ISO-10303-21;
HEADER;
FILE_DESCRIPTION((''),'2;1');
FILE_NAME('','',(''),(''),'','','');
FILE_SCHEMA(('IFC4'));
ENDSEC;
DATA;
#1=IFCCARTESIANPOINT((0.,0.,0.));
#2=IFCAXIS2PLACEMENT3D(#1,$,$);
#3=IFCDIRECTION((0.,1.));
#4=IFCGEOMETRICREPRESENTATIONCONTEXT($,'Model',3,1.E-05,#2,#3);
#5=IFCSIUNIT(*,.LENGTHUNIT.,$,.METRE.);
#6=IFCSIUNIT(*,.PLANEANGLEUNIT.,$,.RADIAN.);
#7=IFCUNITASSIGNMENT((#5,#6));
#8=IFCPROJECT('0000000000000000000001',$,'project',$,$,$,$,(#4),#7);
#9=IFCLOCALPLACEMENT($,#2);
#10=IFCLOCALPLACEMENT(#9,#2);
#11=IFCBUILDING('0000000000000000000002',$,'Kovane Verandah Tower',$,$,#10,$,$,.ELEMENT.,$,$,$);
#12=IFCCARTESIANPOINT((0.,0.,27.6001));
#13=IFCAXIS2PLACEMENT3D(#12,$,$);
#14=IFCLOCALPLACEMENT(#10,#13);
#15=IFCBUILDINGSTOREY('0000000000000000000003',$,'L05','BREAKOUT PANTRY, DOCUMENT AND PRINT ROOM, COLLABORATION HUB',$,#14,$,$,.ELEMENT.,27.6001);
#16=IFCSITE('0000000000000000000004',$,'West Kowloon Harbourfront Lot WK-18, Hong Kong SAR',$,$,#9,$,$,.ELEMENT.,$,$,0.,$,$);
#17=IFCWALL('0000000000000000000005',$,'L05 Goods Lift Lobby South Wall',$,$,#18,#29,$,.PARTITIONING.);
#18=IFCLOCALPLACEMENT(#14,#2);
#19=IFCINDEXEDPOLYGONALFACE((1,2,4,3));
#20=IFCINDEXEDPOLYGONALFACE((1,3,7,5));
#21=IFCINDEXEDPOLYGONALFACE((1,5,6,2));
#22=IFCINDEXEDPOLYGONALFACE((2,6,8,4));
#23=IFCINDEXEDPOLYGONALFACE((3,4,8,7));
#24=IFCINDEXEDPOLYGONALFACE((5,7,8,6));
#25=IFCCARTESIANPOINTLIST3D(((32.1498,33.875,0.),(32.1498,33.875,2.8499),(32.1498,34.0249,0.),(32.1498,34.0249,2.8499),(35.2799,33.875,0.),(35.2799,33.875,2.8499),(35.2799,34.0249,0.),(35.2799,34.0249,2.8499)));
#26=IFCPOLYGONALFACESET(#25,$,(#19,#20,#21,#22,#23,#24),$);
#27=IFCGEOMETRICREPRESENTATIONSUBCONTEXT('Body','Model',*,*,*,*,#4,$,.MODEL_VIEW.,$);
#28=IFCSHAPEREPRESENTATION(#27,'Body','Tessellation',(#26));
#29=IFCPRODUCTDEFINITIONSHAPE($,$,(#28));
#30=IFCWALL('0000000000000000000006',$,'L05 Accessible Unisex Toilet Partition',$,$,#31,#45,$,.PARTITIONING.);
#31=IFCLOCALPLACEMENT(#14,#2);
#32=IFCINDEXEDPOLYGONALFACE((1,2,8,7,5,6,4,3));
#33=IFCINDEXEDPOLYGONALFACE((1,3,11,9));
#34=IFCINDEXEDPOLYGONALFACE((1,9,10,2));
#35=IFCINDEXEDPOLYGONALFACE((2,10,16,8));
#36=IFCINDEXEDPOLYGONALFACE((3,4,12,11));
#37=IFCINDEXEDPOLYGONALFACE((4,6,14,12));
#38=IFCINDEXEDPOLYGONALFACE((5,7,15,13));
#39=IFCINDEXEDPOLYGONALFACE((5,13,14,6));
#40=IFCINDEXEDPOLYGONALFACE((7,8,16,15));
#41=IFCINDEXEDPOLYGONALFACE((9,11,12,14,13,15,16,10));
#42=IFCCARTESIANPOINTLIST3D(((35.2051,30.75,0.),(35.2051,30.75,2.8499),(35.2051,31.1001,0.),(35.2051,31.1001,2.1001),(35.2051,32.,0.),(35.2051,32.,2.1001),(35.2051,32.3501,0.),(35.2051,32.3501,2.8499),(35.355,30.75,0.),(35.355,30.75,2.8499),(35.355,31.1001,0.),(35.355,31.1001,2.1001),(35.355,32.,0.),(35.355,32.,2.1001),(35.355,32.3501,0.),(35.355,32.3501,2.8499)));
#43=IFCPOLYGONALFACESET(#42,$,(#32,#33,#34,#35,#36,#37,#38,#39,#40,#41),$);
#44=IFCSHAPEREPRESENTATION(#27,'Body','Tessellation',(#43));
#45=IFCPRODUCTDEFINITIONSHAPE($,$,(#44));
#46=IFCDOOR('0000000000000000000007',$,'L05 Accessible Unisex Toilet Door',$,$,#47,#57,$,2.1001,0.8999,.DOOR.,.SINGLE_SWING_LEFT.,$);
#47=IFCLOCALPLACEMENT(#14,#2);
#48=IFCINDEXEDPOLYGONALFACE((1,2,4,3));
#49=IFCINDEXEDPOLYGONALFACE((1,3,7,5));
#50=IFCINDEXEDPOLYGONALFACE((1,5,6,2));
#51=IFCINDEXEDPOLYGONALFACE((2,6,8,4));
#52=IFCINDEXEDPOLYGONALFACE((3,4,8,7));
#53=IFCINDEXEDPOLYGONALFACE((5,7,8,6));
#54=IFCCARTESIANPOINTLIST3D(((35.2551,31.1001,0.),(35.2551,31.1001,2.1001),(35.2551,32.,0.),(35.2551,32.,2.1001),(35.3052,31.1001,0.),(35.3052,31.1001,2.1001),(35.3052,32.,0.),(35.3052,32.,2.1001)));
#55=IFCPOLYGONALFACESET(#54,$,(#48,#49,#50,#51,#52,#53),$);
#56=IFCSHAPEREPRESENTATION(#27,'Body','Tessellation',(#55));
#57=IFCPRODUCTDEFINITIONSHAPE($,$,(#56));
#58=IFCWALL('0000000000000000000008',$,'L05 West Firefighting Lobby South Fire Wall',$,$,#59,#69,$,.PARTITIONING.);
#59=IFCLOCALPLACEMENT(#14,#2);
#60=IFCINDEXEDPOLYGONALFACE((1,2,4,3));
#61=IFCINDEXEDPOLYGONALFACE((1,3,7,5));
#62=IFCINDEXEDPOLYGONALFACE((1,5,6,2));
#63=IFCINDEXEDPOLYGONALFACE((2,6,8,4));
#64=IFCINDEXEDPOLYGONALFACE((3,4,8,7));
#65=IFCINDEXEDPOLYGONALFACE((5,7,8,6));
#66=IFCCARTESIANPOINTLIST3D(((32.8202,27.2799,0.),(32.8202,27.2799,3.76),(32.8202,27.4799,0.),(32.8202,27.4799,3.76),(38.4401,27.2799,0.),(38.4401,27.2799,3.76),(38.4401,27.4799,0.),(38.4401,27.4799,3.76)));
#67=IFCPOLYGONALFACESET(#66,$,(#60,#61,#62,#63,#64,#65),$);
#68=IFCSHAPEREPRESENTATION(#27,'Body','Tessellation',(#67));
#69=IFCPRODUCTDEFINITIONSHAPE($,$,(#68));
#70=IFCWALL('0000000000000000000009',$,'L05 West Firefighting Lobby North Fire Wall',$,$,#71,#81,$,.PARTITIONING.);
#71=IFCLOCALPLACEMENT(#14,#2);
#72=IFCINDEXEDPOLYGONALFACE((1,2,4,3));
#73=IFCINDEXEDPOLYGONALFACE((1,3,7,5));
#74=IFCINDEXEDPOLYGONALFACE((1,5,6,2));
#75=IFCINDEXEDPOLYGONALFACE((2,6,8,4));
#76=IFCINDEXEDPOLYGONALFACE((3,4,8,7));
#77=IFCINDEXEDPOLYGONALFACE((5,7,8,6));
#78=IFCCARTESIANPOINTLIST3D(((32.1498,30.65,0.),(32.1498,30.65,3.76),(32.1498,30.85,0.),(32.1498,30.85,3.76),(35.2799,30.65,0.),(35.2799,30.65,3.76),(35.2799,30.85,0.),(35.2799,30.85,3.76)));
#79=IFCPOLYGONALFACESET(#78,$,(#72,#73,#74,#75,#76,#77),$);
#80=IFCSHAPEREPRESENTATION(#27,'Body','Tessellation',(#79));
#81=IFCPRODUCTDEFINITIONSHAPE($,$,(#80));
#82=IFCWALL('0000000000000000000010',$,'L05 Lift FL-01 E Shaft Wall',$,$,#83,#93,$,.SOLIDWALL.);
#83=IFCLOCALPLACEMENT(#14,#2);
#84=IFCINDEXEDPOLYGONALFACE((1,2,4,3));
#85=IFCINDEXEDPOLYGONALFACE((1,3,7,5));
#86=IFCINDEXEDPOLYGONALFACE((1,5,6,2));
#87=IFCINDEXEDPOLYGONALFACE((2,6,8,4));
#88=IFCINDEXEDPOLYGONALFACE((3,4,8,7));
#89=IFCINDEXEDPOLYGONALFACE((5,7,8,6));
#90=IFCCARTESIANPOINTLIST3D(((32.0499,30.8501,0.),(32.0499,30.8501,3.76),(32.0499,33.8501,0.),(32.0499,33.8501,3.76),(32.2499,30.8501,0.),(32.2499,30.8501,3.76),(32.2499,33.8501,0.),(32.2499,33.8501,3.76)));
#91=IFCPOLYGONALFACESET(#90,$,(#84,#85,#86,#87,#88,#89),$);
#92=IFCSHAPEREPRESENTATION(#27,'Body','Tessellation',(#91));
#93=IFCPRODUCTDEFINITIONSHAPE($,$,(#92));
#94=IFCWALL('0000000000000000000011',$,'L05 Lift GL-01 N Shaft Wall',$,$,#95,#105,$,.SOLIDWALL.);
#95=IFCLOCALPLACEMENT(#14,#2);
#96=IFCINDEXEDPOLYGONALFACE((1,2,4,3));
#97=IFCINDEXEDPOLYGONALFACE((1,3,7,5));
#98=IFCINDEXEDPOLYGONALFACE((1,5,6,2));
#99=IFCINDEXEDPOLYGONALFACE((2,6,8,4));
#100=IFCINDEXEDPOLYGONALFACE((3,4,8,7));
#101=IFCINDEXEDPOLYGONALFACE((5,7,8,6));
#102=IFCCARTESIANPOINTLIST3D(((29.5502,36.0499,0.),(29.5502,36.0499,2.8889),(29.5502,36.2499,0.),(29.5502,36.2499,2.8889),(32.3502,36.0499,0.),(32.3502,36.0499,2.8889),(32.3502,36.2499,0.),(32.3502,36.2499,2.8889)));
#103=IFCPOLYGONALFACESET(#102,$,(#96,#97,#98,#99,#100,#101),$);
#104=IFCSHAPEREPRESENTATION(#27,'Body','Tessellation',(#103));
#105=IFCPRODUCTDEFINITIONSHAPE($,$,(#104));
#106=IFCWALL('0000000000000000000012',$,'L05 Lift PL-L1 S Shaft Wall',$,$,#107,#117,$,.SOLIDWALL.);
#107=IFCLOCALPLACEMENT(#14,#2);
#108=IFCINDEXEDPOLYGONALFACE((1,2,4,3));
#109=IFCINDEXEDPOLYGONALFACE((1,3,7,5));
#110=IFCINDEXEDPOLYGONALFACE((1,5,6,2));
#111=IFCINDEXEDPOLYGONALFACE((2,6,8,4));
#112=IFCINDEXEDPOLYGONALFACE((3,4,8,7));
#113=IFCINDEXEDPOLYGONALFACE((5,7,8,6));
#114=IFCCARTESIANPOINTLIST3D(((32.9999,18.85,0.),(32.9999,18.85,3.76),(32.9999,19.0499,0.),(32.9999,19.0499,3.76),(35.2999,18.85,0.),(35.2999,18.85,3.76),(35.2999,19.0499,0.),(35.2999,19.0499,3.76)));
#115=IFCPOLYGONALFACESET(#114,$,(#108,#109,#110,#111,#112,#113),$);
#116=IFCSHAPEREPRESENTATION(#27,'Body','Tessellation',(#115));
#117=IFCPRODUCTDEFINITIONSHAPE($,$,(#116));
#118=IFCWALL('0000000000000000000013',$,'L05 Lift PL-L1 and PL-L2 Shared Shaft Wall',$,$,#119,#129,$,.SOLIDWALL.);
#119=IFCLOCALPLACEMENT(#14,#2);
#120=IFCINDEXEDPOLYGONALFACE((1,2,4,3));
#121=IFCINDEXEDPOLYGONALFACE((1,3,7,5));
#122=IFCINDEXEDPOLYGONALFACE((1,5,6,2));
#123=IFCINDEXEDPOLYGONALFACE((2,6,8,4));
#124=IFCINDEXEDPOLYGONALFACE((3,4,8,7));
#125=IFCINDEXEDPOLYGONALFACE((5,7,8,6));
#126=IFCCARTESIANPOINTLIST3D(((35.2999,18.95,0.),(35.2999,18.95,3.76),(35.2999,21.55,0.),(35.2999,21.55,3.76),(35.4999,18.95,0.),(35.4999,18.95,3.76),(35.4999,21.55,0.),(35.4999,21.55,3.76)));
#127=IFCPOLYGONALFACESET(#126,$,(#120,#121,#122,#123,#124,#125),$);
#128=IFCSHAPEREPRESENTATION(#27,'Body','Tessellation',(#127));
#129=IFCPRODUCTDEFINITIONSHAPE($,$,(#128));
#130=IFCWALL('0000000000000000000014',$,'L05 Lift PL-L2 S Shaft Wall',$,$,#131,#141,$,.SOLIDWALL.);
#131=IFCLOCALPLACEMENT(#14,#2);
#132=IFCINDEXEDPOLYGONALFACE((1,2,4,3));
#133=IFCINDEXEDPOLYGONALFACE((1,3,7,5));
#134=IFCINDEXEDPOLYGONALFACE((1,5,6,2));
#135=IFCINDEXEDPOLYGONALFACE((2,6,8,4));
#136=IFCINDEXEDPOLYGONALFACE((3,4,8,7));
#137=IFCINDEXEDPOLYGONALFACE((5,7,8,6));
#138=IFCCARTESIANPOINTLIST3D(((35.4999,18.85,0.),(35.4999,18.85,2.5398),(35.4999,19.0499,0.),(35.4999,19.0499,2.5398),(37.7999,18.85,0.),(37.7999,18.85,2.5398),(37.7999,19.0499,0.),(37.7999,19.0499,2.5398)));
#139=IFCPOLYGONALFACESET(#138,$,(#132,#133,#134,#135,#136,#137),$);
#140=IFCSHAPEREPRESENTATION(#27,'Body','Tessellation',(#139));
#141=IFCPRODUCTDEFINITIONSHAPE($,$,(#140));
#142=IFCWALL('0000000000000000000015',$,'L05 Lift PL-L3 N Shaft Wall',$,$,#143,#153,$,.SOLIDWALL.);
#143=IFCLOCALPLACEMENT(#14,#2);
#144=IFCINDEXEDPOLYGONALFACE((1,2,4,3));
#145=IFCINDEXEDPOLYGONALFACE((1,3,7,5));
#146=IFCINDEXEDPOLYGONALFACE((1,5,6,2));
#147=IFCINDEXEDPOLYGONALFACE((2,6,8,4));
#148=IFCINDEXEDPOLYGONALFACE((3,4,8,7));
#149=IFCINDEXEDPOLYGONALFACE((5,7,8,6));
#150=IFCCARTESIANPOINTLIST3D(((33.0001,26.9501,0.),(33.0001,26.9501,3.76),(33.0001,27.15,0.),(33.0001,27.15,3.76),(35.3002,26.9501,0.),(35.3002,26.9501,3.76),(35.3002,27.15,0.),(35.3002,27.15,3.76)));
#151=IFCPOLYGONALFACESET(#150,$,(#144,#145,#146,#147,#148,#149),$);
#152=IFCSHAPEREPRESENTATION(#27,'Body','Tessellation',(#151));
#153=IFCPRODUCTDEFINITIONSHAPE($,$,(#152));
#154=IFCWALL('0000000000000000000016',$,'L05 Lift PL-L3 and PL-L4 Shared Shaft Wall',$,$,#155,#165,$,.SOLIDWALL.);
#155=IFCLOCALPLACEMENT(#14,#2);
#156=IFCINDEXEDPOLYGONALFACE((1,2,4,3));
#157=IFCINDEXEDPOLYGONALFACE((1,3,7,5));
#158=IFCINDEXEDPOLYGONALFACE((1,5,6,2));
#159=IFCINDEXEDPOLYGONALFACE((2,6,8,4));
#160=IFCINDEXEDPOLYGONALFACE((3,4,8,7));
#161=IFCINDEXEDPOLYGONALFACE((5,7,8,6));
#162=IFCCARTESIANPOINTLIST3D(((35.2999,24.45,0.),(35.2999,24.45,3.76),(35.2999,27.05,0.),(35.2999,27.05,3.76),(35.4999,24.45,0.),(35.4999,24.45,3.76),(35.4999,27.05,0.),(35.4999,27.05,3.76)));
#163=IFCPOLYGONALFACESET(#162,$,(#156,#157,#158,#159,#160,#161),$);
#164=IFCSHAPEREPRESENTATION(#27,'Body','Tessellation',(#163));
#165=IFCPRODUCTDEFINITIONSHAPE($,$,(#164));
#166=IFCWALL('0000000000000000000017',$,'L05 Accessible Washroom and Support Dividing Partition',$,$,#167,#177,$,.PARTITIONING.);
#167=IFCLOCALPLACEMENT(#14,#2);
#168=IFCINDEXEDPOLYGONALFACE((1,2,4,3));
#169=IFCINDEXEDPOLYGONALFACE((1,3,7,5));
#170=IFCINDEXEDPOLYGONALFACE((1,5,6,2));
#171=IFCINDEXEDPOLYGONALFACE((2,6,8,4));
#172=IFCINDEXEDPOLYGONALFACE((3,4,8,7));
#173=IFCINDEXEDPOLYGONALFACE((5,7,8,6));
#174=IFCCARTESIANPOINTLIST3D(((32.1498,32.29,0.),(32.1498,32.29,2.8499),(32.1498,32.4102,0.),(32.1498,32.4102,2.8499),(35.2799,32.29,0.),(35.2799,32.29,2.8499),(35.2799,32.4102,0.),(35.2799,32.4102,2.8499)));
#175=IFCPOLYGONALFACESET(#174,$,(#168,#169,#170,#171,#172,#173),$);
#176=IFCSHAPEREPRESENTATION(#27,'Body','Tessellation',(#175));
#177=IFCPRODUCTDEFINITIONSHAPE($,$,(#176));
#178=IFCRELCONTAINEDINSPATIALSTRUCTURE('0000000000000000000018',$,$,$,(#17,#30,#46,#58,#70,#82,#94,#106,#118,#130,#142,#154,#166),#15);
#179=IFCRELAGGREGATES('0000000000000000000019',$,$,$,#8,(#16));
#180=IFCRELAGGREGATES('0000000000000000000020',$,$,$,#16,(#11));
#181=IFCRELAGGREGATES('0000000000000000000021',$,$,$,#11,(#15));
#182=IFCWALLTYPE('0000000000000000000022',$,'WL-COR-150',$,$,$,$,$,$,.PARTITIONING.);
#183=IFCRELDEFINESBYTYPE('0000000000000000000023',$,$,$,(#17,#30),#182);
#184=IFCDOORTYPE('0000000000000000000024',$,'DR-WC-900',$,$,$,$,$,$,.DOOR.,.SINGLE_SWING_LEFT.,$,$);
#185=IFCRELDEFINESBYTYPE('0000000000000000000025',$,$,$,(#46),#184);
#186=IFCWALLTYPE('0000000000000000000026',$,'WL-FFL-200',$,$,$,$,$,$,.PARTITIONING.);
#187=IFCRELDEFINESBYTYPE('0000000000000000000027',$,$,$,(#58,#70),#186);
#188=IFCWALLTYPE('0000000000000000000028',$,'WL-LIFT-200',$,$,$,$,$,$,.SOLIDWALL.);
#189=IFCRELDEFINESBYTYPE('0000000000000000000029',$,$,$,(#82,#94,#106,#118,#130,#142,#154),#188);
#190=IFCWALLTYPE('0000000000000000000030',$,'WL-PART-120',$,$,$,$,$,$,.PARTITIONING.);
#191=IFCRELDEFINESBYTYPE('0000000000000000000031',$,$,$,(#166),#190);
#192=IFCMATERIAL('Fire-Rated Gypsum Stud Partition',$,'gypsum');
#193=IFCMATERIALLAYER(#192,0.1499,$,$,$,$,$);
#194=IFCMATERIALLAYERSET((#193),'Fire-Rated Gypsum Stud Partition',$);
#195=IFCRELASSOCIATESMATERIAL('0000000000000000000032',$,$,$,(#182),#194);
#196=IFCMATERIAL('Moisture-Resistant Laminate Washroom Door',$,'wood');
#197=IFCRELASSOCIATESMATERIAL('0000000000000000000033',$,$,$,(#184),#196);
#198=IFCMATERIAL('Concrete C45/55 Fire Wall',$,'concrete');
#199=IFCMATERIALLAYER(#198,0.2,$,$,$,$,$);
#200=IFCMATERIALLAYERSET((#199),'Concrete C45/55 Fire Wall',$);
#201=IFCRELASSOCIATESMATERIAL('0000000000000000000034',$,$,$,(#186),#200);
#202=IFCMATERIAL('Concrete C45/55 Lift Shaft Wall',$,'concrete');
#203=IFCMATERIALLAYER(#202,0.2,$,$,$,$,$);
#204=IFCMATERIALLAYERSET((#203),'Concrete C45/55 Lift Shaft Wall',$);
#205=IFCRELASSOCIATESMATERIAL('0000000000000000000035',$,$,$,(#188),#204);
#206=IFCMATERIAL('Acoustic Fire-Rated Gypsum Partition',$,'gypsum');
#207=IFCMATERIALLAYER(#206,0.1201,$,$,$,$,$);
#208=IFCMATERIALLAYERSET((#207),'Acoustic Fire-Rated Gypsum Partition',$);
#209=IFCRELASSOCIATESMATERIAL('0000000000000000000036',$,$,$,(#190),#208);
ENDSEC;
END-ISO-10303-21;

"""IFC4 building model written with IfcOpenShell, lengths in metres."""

from ifc_helpers import new_model, si_unit, direction, frame, frame_2d, origin, place, context, subcontext, project, spatial, rectangle, extrude, material, layer, layer_set, type_object, element, fill, save


model = new_model("IFC4")

# Units and contexts
model_context = context("Model", 3, precision=1e-05, world=origin(), true_north=direction((0.0, 1.0)))
body_context = subcontext(model_context, "Body", "Model", "MODEL_VIEW")
ifc_project = project(units=[si_unit("LENGTHUNIT", "METRE"), si_unit("PLANEANGLEUNIT", "RADIAN")], contexts=[model_context])

# Site, building, storey
site_placement = place(None, origin())
site = spatial("IfcSite", under=ifc_project, at=site_placement, Name="West Kowloon Harbourfront Lot WK-18, Hong Kong SAR", CompositionType="ELEMENT", RefElevation=0.0)
building_placement = place(site_placement, origin())
building = spatial("IfcBuilding", under=site, at=building_placement, Name="Kovane Verandah Tower", CompositionType="ELEMENT")
storey_placement = place(building_placement, frame((0.0, 0.0, 27.6001)))
storey = spatial("IfcBuildingStorey", under=building, at=storey_placement, Name="L05", Description="BREAKOUT PANTRY, DOCUMENT AND PRINT ROOM, COLLABORATION HUB", CompositionType="ELEMENT", Elevation=27.6001)

# Wall
ifc_material_1 = material(Name="Fire-Rated Gypsum Stud Partition", Category="gypsum")
ifc_layer_1 = layer(ifc_material_1, 0.1499)
ifc_layer_set_1 = layer_set([ifc_layer_1], Name="Fire-Rated Gypsum Stud Partition")
wall_type_1 = type_object("IfcWallType", Name="WL-COR-150", PredefinedType="PARTITIONING", material=ifc_layer_set_1)
wall_1_placement = place(storey_placement, frame((32.1499, 33.95, 0.0), z_axis=(0.0, 0.0, 1.0), x_axis=(1.0, 0.0, 0.0)))
element("IfcWall", 1, at=wall_1_placement, inside=storey, type_object=wall_type_1, Name="L05 Goods Lift Lobby South Wall", PredefinedType="PARTITIONING", context=body_context, shape_type="SweptSolid", body=[
    extrude(rectangle(XDim=3.1301, YDim=0.1499, at=frame_2d((1.5649, 0.0))), origin(), (0.0, 0.0, 1.0), 2.8499),
])

# Wall, opening, door
wall_2_placement = place(storey_placement, frame((35.28, 30.75, 0.0), z_axis=(0.0, 0.0, 1.0), x_axis=(0.0, 1.0, 0.0)))
wall_2 = element("IfcWall", 2, at=wall_2_placement, inside=storey, type_object=wall_type_1, Name="L05 Accessible Unisex Toilet Partition", PredefinedType="PARTITIONING", context=body_context, shape_type="SweptSolid", body=[
    extrude(rectangle(XDim=1.6001, YDim=0.1499, at=frame_2d((0.8, 0.0))), origin(), (0.0, 0.0, 1.0), 2.8499),
])
opening_1_placement = place(wall_2_placement, frame((0.3501, 0.0, 0.0)))
opening_1 = element("IfcOpeningElement", 3, at=opening_1_placement, cuts=wall_2, PredefinedType="OPENING", context=body_context, shape_type="SweptSolid", body=[
    extrude(rectangle(XDim=0.8999, YDim=2.1001, at=frame_2d((0.45, 1.05))), frame((0.0, 0.075, 0.0), z_axis=(0.0, -1.0, 0.0), x_axis=(1.0, 0.0, 0.0)), (0.0, 0.0, 1.0), 0.1499),
])
ifc_material_2 = material(Name="Moisture-Resistant Laminate Washroom Door", Category="wood")
door_type_1 = type_object("IfcDoorType", Name="DR-WC-900", OperationType="SINGLE_SWING_LEFT", PredefinedType="DOOR", material=ifc_material_2)
door_1_placement = place(opening_1_placement, origin())
door_1 = element("IfcDoor", 4, at=door_1_placement, inside=storey, type_object=door_type_1, Name="L05 Accessible Unisex Toilet Door", OperationType="SINGLE_SWING_LEFT", OverallHeight=2.1001, OverallWidth=0.8999, PredefinedType="DOOR", context=body_context, shape_type="SweptSolid", body=[
    extrude(rectangle(XDim=0.8999, YDim=2.1001, at=frame_2d((0.45, 1.05))), frame((0.0, 0.0249, 0.0), z_axis=(0.0, -1.0, 0.0), x_axis=(1.0, 0.0, 0.0)), (0.0, 0.0, 1.0), 0.05),
])
fill(opening_1, door_1)
ifc_material_3 = material(Name="Concrete C45/55 Fire Wall", Category="concrete")
ifc_layer_2 = layer(ifc_material_3, 0.2)
ifc_layer_set_2 = layer_set([ifc_layer_2], Name="Concrete C45/55 Fire Wall")
wall_type_2 = type_object("IfcWallType", Name="WL-FFL-200", PredefinedType="PARTITIONING", material=ifc_layer_set_2)

# Walls
wall_3_placement = place(storey_placement, frame((32.8201, 27.3799, 0.0), z_axis=(0.0, 0.0, 1.0), x_axis=(1.0, 0.0, 0.0)))
element("IfcWall", 5, at=wall_3_placement, inside=storey, type_object=wall_type_2, Name="L05 West Firefighting Lobby South Fire Wall", PredefinedType="PARTITIONING", context=body_context, shape_type="SweptSolid", body=[
    extrude(rectangle(XDim=5.6199, YDim=0.2, at=frame_2d((2.8101, 0.0))), origin(), (0.0, 0.0, 1.0), 3.76),
])
wall_4_placement = place(storey_placement, frame((32.1499, 30.75, 0.0), z_axis=(0.0, 0.0, 1.0), x_axis=(1.0, 0.0, 0.0)))
element("IfcWall", 6, at=wall_4_placement, inside=storey, type_object=wall_type_2, Name="L05 West Firefighting Lobby North Fire Wall", PredefinedType="PARTITIONING", context=body_context, shape_type="SweptSolid", body=[
    extrude(rectangle(XDim=3.1301, YDim=0.2, at=frame_2d((1.5649, 0.0))), origin(), (0.0, 0.0, 1.0), 3.76),
])
ifc_material_4 = material(Name="Concrete C45/55 Lift Shaft Wall", Category="concrete")
ifc_layer_3 = layer(ifc_material_4, 0.2)
ifc_layer_set_3 = layer_set([ifc_layer_3], Name="Concrete C45/55 Lift Shaft Wall")
wall_type_3 = type_object("IfcWallType", Name="WL-LIFT-200", PredefinedType="SOLIDWALL", material=ifc_layer_set_3)
wall_5_placement = place(storey_placement, frame((32.1499, 30.8501, 0.0), z_axis=(0.0, 0.0, 1.0), x_axis=(0.0, 1.0, 0.0)))
element("IfcWall", 7, at=wall_5_placement, inside=storey, type_object=wall_type_3, Name="L05 Lift FL-01 E Shaft Wall", PredefinedType="SOLIDWALL", context=body_context, shape_type="SweptSolid", body=[
    extrude(rectangle(XDim=3.0, YDim=0.2, at=frame_2d((1.5, 0.0))), origin(), (0.0, 0.0, 1.0), 3.76),
])
wall_6_placement = place(storey_placement, frame((32.3501, 36.1499, 0.0), z_axis=(0.0, 0.0, 1.0), x_axis=(-1.0, 0.0, 0.0)))
element("IfcWall", 8, at=wall_6_placement, inside=storey, type_object=wall_type_3, Name="L05 Lift GL-01 N Shaft Wall", PredefinedType="SOLIDWALL", context=body_context, shape_type="SweptSolid", body=[
    extrude(rectangle(XDim=2.8, YDim=0.2, at=frame_2d((1.3999, 0.0))), origin(), (0.0, 0.0, 1.0), 2.8889),
])

# Wall
wall_7_placement = place(storey_placement, frame((33.0, 18.95, 0.0), z_axis=(0.0, 0.0, 1.0), x_axis=(1.0, 0.0, 0.0)))
element("IfcWall", 9, at=wall_7_placement, inside=storey, type_object=wall_type_3, Name="L05 Lift PL-L1 S Shaft Wall", PredefinedType="SOLIDWALL", context=body_context, shape_type="SweptSolid", body=[
    extrude(rectangle(XDim=2.3, YDim=0.2, at=frame_2d((1.1499, 0.0))), origin(), (0.0, 0.0, 1.0), 3.76),
])

# Walls
wall_8_placement = place(storey_placement, frame((35.3999, 18.95, 0.0), z_axis=(0.0, 0.0, 1.0), x_axis=(0.0, 1.0, 0.0)))
element("IfcWall", 10, at=wall_8_placement, inside=storey, type_object=wall_type_3, Name="L05 Lift PL-L1 and PL-L2 Shared Shaft Wall", PredefinedType="SOLIDWALL", context=body_context, shape_type="SweptSolid", body=[
    extrude(rectangle(XDim=2.6001, YDim=0.2, at=frame_2d((1.3, 0.0))), origin(), (0.0, 0.0, 1.0), 3.76),
])
wall_9_placement = place(storey_placement, frame((35.5, 18.95, 0.0), z_axis=(0.0, 0.0, 1.0), x_axis=(1.0, 0.0, 0.0)))
element("IfcWall", 11, at=wall_9_placement, inside=storey, type_object=wall_type_3, Name="L05 Lift PL-L2 S Shaft Wall", PredefinedType="SOLIDWALL", context=body_context, shape_type="SweptSolid", body=[
    extrude(rectangle(XDim=2.3, YDim=0.2, at=frame_2d((1.1499, 0.0))), origin(), (0.0, 0.0, 1.0), 2.5398),
])

# Walls
wall_10_placement = place(storey_placement, frame((35.3, 27.05, 0.0), z_axis=(0.0, 0.0, 1.0), x_axis=(-1.0, 0.0, 0.0)))
element("IfcWall", 12, at=wall_10_placement, inside=storey, type_object=wall_type_3, Name="L05 Lift PL-L3 N Shaft Wall", PredefinedType="SOLIDWALL", context=body_context, shape_type="SweptSolid", body=[
    extrude(rectangle(XDim=2.3, YDim=0.2, at=frame_2d((1.1499, 0.0))), origin(), (0.0, 0.0, 1.0), 3.76),
])
wall_11_placement = place(storey_placement, frame((35.3999, 24.45, 0.0), z_axis=(0.0, 0.0, 1.0), x_axis=(0.0, 1.0, 0.0)))
element("IfcWall", 13, at=wall_11_placement, inside=storey, type_object=wall_type_3, Name="L05 Lift PL-L3 and PL-L4 Shared Shaft Wall", PredefinedType="SOLIDWALL", context=body_context, shape_type="SweptSolid", body=[
    extrude(rectangle(XDim=2.6001, YDim=0.2, at=frame_2d((1.3, 0.0))), origin(), (0.0, 0.0, 1.0), 3.76),
])

# Wall
ifc_material_5 = material(Name="Acoustic Fire-Rated Gypsum Partition", Category="gypsum")
ifc_layer_4 = layer(ifc_material_5, 0.1201)
ifc_layer_set_4 = layer_set([ifc_layer_4], Name="Acoustic Fire-Rated Gypsum Partition")
wall_type_4 = type_object("IfcWallType", Name="WL-PART-120", PredefinedType="PARTITIONING", material=ifc_layer_set_4)
wall_12_placement = place(storey_placement, frame((32.1499, 32.3501, 0.0), z_axis=(0.0, 0.0, 1.0), x_axis=(1.0, 0.0, 0.0)))
element("IfcWall", 14, at=wall_12_placement, inside=storey, type_object=wall_type_4, Name="L05 Accessible Washroom and Support Dividing Partition", PredefinedType="PARTITIONING", context=body_context, shape_type="SweptSolid", body=[
    extrude(rectangle(XDim=3.1301, YDim=0.1201, at=frame_2d((1.5649, 0.0))), origin(), (0.0, 0.0, 1.0), 2.8499),
])

save(model, "model.ifc")
